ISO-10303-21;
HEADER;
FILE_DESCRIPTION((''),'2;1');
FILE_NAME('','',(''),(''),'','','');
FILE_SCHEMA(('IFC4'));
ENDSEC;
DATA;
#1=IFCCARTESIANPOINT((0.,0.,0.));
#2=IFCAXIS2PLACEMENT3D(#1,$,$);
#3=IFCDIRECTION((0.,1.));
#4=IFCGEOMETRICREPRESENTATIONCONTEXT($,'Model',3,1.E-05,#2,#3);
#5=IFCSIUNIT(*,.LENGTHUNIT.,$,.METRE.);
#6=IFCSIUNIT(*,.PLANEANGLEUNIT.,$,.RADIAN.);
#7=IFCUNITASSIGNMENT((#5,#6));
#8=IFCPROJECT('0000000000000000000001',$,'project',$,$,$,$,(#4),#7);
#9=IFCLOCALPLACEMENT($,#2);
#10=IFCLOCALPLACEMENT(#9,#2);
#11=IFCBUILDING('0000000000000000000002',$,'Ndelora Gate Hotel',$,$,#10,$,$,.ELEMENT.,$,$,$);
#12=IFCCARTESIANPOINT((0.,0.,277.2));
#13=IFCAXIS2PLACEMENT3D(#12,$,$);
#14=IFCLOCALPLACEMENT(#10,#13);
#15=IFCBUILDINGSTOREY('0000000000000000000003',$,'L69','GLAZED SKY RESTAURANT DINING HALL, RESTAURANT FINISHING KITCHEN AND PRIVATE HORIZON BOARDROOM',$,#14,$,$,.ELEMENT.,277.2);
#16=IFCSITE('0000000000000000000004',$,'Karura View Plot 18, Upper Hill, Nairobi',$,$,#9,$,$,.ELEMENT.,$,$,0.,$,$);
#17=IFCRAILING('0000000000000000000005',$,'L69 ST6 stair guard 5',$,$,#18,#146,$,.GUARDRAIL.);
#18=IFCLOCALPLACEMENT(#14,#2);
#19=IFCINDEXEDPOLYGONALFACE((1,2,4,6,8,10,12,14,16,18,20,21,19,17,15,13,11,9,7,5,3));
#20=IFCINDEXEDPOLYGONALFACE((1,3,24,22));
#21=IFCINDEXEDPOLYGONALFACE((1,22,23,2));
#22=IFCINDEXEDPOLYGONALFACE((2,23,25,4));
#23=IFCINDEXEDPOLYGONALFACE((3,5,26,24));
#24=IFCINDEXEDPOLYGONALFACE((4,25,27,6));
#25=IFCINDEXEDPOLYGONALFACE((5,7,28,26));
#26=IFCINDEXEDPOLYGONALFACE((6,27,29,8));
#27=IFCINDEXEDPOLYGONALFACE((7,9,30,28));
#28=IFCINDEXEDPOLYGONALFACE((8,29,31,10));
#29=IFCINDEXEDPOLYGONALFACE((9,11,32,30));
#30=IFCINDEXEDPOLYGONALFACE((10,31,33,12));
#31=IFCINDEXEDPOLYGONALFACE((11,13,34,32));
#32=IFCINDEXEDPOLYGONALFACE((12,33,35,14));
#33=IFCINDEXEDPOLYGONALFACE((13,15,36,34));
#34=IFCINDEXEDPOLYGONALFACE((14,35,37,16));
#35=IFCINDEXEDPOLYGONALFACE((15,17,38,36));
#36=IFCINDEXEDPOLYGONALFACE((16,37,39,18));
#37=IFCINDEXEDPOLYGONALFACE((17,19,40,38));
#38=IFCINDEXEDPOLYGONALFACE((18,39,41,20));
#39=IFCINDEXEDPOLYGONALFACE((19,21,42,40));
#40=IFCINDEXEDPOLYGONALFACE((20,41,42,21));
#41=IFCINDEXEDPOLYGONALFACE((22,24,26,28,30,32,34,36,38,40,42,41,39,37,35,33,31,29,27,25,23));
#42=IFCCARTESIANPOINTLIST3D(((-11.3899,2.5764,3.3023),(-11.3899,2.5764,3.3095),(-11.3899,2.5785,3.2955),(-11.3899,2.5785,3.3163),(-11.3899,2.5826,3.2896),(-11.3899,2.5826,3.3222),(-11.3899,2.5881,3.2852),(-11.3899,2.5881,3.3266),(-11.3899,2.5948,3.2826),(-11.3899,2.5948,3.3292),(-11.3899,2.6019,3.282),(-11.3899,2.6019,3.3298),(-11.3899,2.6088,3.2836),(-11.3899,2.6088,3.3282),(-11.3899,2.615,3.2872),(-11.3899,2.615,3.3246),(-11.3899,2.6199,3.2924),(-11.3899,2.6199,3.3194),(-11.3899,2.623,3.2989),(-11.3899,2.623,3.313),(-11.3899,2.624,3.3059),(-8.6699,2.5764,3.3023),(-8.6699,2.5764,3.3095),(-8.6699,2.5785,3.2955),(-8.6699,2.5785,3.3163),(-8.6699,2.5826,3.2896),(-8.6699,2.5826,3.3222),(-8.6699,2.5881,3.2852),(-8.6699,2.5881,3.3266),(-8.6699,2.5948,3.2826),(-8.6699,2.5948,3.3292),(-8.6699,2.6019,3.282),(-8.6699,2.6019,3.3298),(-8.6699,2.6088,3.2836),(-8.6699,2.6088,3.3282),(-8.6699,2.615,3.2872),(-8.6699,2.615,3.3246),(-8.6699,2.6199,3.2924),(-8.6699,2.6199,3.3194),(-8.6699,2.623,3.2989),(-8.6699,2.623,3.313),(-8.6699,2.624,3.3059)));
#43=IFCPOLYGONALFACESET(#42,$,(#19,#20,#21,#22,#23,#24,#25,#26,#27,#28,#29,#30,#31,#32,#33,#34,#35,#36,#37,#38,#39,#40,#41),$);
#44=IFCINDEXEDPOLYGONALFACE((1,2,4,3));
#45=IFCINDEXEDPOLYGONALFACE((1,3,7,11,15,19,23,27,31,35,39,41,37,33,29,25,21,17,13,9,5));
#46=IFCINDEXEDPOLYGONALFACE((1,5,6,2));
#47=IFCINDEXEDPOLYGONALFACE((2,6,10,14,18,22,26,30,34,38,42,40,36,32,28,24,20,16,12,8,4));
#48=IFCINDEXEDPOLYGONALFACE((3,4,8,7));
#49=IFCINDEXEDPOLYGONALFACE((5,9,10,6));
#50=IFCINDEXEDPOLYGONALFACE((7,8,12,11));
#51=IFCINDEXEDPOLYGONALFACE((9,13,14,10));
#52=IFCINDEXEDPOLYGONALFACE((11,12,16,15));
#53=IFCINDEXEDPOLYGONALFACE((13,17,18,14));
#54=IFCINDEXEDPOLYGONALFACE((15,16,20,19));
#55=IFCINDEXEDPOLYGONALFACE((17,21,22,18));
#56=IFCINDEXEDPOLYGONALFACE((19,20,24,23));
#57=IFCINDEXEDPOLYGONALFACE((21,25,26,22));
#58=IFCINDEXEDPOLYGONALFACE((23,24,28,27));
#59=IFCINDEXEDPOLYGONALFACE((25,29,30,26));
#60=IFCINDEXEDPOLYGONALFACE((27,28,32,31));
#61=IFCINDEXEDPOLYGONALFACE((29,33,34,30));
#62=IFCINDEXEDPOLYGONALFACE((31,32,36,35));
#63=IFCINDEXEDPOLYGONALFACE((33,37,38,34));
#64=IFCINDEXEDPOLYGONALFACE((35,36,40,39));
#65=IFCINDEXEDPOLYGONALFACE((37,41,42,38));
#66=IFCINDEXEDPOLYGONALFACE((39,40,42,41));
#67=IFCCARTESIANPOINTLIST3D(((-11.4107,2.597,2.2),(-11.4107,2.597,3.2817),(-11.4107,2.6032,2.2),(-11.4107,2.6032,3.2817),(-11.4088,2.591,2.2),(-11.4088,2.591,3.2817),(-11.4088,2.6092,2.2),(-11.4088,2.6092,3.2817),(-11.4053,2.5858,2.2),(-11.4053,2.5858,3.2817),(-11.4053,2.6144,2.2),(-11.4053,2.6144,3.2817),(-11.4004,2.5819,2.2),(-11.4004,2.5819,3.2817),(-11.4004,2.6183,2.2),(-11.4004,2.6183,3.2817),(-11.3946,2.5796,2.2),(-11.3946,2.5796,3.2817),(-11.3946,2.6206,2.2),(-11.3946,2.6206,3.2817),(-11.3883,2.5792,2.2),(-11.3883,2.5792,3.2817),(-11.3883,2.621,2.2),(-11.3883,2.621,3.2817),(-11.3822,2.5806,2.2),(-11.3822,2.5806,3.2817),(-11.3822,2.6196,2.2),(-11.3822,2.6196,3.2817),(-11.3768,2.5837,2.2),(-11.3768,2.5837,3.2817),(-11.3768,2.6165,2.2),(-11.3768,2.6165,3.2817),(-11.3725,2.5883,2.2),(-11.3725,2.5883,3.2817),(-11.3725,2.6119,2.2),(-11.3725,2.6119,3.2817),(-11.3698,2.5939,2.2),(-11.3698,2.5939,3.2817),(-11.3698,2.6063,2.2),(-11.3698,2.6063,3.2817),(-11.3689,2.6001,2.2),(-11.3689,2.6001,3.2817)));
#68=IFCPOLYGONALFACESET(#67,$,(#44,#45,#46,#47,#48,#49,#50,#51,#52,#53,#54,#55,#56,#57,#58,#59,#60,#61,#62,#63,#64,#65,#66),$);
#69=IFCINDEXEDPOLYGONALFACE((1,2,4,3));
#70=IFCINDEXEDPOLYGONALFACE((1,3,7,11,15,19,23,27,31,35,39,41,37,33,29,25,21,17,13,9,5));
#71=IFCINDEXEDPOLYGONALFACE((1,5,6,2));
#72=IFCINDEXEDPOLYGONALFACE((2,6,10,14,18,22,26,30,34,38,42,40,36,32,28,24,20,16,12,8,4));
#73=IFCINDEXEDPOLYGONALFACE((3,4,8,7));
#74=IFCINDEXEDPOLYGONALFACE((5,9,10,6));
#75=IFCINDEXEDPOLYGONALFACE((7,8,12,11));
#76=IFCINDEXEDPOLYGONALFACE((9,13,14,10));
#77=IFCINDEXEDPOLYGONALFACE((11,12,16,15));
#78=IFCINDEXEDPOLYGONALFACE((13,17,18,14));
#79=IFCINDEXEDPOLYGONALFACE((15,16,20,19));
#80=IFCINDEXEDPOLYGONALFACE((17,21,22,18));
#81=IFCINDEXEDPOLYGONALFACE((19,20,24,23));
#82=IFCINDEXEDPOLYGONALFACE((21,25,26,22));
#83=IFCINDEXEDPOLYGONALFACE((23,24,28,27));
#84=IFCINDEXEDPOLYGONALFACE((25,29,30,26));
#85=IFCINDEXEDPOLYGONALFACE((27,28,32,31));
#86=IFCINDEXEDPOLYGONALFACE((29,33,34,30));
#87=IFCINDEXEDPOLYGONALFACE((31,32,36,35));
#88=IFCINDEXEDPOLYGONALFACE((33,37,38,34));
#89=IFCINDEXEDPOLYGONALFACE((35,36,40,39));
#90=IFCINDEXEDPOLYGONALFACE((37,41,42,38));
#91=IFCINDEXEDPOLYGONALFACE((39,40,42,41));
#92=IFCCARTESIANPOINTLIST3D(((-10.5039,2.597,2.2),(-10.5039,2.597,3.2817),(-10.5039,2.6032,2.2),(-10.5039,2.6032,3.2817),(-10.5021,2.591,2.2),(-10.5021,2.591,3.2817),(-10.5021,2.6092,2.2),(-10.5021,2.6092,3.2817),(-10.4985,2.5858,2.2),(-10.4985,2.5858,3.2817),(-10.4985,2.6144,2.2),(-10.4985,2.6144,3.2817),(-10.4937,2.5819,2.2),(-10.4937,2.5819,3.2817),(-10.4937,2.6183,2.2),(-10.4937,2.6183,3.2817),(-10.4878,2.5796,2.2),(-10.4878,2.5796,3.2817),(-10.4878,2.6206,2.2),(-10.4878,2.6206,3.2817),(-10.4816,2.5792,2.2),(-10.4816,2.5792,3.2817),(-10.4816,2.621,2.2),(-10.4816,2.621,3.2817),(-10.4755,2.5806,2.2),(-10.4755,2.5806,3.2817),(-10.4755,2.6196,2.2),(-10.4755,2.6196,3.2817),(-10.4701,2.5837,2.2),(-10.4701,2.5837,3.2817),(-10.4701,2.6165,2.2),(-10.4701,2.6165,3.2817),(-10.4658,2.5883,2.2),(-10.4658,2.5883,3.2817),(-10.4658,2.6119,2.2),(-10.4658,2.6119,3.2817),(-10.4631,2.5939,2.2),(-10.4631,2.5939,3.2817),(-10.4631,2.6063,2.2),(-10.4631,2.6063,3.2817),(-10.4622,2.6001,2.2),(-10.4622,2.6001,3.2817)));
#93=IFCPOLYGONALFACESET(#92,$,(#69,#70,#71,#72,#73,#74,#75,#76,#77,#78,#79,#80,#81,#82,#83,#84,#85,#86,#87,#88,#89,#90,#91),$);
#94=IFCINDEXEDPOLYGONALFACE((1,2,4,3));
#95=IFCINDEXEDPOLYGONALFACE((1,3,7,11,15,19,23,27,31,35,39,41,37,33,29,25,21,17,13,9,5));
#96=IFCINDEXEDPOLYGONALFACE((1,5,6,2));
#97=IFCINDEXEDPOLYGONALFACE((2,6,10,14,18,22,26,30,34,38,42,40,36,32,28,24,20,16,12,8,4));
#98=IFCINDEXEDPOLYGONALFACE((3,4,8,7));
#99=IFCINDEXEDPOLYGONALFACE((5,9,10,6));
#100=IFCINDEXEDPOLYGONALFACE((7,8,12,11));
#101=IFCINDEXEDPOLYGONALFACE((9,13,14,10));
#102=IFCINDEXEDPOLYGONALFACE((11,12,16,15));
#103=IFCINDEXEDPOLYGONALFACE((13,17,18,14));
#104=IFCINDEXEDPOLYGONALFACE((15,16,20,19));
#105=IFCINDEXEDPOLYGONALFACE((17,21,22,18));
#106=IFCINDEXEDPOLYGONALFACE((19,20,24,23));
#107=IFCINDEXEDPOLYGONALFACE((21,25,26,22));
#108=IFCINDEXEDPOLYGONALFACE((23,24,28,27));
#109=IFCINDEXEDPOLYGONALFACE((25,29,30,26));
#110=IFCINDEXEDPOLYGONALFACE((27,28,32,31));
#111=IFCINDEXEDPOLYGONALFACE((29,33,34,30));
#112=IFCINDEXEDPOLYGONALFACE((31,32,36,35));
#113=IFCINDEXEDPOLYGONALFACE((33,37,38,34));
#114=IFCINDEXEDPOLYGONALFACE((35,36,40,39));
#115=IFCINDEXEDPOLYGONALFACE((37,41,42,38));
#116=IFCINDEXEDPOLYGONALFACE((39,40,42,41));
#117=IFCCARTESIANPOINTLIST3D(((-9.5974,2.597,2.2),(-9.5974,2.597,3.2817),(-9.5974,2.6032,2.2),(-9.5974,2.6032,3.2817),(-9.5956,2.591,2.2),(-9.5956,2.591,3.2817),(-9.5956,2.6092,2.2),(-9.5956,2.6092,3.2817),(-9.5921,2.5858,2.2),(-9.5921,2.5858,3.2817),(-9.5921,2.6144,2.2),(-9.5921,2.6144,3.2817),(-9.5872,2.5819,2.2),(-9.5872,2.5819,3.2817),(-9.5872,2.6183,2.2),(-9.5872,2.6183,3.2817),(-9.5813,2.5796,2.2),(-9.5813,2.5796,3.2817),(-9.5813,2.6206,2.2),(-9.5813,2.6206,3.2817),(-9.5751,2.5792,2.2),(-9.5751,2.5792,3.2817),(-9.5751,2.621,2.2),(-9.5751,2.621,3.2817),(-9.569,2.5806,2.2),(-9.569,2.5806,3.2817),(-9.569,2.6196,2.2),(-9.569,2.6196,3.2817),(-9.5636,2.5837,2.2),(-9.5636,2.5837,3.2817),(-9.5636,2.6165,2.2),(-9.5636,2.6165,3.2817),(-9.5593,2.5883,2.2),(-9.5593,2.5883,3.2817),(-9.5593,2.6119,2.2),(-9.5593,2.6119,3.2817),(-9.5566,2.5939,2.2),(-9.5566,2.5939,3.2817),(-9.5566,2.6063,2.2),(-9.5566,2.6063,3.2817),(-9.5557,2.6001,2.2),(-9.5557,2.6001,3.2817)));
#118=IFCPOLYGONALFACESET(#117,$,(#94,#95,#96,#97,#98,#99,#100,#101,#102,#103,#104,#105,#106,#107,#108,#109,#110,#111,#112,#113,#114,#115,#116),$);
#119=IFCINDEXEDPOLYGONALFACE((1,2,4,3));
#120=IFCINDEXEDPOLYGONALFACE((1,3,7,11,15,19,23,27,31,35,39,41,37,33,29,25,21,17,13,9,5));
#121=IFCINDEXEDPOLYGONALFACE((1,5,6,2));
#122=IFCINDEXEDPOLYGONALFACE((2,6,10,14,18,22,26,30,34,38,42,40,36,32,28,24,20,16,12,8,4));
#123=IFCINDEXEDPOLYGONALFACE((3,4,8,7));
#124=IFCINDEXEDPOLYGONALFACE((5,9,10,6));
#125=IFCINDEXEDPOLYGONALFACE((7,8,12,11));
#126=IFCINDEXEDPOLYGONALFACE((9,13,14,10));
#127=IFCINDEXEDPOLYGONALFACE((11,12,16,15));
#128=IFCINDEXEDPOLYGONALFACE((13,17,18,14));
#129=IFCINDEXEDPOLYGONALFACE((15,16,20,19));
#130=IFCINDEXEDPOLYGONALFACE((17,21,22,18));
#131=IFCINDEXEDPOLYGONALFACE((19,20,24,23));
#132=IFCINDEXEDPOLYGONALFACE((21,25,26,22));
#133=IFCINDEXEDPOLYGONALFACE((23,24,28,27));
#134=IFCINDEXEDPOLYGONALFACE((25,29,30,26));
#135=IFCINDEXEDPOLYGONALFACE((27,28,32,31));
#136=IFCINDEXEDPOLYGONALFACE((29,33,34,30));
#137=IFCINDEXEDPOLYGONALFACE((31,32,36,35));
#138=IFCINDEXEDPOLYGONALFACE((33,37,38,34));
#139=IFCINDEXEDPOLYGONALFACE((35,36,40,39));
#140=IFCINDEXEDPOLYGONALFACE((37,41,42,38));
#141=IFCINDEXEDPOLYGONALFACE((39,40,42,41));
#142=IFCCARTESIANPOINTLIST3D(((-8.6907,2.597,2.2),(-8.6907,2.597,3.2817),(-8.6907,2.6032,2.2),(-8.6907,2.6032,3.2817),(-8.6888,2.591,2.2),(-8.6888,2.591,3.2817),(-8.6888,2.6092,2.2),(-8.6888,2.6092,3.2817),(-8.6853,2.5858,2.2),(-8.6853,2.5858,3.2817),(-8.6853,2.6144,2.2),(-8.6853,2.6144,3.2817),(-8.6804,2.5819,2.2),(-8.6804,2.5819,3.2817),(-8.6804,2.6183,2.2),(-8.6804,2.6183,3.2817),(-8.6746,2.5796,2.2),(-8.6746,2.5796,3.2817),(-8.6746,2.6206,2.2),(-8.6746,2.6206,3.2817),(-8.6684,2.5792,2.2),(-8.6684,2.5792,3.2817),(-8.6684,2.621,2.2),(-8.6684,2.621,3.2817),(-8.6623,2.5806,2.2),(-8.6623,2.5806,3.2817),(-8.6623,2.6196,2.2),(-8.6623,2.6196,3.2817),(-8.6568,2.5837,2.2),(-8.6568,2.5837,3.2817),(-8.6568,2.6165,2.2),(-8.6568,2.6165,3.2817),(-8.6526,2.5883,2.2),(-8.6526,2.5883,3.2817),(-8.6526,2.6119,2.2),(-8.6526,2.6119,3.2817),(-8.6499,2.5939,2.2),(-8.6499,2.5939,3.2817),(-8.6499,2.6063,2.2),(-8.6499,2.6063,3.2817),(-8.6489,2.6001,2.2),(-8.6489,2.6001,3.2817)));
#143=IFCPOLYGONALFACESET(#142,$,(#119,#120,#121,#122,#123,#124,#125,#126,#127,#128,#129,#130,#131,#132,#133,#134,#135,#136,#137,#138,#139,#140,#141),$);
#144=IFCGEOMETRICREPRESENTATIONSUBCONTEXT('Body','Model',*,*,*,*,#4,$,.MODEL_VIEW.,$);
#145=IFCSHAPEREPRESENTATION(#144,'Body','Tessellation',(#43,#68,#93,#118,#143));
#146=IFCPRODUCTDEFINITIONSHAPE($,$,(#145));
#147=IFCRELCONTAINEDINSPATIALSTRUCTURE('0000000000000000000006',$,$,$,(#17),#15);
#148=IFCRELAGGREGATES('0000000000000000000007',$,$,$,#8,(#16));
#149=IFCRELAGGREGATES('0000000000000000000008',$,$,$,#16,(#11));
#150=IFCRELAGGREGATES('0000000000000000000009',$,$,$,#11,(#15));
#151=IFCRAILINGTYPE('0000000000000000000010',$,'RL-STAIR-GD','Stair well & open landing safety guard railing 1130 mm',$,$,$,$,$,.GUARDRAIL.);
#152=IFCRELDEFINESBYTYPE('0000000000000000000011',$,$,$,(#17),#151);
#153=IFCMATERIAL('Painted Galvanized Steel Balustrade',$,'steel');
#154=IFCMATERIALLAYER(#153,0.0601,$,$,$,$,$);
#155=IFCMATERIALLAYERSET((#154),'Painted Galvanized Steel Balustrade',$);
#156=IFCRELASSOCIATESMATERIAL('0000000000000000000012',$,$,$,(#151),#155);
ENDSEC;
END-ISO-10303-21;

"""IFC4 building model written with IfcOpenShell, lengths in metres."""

from ifc_helpers import new_model, si_unit, direction, frame, origin, origin_2d, place, context, subcontext, project, spatial, circle, extrude, material, layer, layer_set, type_object, element, save


model = new_model("IFC4")

# Units and contexts
model_context = context("Model", 3, precision=1e-05, world=origin(), true_north=direction((0.0, 1.0)))
body_context = subcontext(model_context, "Body", "Model", "MODEL_VIEW")
ifc_project = project(units=[si_unit("LENGTHUNIT", "METRE"), si_unit("PLANEANGLEUNIT", "RADIAN")], contexts=[model_context])

# Site, building, storey
site_placement = place(None, origin())
site = spatial("IfcSite", under=ifc_project, at=site_placement, Name="Karura View Plot 18, Upper Hill, Nairobi", CompositionType="ELEMENT", RefElevation=0.0)
building_placement = place(site_placement, origin())
building = spatial("IfcBuilding", under=site, at=building_placement, Name="Ndelora Gate Hotel", CompositionType="ELEMENT")
storey_placement = place(building_placement, frame((0.0, 0.0, 277.2)))
storey = spatial("IfcBuildingStorey", under=building, at=storey_placement, Name="L69", Description="GLAZED SKY RESTAURANT DINING HALL, RESTAURANT FINISHING KITCHEN AND PRIVATE HORIZON BOARDROOM", CompositionType="ELEMENT", Elevation=277.2)

# Railing
ifc_material_1 = material(Name="Painted Galvanized Steel Balustrade", Category="steel")
ifc_layer_1 = layer(ifc_material_1, 0.0601)
ifc_layer_set_1 = layer_set([ifc_layer_1], Name="Painted Galvanized Steel Balustrade")
railing_type_1 = type_object("IfcRailingType", Name="RL-STAIR-GD", Description="Stair well & open landing safety guard railing 1130 mm", PredefinedType="GUARDRAIL", material=ifc_layer_set_1)
railing_1_placement = place(storey_placement, frame((-11.3899, 2.6001, 2.2)))
element("IfcRailing", 1, at=railing_1_placement, inside=storey, type_object=railing_type_1, Name="L69 ST6 stair guard 5", PredefinedType="GUARDRAIL", context=body_context, shape_type="SweptSolid", body=[
    extrude(circle(Radius=0.0239, at=origin_2d()), frame((0.0, 0.0, 1.106), z_axis=(1.0, 0.0, 0.0), x_axis=(0.0, 1.0, 0.0)), (0.0, 0.0, 1.0), 2.72),
    extrude(circle(Radius=0.021, at=origin_2d()), origin(), (0.0, 0.0, 1.0), 1.0818),
    extrude(circle(Radius=0.021, at=origin_2d()), frame((0.9067, 0.0, 0.0)), (0.0, 0.0, 1.0), 1.0818),
    extrude(circle(Radius=0.021, at=origin_2d()), frame((1.8132, 0.0, 0.0)), (0.0, 0.0, 1.0), 1.0818),
    extrude(circle(Radius=0.021, at=origin_2d()), frame((2.72, 0.0, 0.0)), (0.0, 0.0, 1.0), 1.0818),
])

save(model, "model.ifc")
